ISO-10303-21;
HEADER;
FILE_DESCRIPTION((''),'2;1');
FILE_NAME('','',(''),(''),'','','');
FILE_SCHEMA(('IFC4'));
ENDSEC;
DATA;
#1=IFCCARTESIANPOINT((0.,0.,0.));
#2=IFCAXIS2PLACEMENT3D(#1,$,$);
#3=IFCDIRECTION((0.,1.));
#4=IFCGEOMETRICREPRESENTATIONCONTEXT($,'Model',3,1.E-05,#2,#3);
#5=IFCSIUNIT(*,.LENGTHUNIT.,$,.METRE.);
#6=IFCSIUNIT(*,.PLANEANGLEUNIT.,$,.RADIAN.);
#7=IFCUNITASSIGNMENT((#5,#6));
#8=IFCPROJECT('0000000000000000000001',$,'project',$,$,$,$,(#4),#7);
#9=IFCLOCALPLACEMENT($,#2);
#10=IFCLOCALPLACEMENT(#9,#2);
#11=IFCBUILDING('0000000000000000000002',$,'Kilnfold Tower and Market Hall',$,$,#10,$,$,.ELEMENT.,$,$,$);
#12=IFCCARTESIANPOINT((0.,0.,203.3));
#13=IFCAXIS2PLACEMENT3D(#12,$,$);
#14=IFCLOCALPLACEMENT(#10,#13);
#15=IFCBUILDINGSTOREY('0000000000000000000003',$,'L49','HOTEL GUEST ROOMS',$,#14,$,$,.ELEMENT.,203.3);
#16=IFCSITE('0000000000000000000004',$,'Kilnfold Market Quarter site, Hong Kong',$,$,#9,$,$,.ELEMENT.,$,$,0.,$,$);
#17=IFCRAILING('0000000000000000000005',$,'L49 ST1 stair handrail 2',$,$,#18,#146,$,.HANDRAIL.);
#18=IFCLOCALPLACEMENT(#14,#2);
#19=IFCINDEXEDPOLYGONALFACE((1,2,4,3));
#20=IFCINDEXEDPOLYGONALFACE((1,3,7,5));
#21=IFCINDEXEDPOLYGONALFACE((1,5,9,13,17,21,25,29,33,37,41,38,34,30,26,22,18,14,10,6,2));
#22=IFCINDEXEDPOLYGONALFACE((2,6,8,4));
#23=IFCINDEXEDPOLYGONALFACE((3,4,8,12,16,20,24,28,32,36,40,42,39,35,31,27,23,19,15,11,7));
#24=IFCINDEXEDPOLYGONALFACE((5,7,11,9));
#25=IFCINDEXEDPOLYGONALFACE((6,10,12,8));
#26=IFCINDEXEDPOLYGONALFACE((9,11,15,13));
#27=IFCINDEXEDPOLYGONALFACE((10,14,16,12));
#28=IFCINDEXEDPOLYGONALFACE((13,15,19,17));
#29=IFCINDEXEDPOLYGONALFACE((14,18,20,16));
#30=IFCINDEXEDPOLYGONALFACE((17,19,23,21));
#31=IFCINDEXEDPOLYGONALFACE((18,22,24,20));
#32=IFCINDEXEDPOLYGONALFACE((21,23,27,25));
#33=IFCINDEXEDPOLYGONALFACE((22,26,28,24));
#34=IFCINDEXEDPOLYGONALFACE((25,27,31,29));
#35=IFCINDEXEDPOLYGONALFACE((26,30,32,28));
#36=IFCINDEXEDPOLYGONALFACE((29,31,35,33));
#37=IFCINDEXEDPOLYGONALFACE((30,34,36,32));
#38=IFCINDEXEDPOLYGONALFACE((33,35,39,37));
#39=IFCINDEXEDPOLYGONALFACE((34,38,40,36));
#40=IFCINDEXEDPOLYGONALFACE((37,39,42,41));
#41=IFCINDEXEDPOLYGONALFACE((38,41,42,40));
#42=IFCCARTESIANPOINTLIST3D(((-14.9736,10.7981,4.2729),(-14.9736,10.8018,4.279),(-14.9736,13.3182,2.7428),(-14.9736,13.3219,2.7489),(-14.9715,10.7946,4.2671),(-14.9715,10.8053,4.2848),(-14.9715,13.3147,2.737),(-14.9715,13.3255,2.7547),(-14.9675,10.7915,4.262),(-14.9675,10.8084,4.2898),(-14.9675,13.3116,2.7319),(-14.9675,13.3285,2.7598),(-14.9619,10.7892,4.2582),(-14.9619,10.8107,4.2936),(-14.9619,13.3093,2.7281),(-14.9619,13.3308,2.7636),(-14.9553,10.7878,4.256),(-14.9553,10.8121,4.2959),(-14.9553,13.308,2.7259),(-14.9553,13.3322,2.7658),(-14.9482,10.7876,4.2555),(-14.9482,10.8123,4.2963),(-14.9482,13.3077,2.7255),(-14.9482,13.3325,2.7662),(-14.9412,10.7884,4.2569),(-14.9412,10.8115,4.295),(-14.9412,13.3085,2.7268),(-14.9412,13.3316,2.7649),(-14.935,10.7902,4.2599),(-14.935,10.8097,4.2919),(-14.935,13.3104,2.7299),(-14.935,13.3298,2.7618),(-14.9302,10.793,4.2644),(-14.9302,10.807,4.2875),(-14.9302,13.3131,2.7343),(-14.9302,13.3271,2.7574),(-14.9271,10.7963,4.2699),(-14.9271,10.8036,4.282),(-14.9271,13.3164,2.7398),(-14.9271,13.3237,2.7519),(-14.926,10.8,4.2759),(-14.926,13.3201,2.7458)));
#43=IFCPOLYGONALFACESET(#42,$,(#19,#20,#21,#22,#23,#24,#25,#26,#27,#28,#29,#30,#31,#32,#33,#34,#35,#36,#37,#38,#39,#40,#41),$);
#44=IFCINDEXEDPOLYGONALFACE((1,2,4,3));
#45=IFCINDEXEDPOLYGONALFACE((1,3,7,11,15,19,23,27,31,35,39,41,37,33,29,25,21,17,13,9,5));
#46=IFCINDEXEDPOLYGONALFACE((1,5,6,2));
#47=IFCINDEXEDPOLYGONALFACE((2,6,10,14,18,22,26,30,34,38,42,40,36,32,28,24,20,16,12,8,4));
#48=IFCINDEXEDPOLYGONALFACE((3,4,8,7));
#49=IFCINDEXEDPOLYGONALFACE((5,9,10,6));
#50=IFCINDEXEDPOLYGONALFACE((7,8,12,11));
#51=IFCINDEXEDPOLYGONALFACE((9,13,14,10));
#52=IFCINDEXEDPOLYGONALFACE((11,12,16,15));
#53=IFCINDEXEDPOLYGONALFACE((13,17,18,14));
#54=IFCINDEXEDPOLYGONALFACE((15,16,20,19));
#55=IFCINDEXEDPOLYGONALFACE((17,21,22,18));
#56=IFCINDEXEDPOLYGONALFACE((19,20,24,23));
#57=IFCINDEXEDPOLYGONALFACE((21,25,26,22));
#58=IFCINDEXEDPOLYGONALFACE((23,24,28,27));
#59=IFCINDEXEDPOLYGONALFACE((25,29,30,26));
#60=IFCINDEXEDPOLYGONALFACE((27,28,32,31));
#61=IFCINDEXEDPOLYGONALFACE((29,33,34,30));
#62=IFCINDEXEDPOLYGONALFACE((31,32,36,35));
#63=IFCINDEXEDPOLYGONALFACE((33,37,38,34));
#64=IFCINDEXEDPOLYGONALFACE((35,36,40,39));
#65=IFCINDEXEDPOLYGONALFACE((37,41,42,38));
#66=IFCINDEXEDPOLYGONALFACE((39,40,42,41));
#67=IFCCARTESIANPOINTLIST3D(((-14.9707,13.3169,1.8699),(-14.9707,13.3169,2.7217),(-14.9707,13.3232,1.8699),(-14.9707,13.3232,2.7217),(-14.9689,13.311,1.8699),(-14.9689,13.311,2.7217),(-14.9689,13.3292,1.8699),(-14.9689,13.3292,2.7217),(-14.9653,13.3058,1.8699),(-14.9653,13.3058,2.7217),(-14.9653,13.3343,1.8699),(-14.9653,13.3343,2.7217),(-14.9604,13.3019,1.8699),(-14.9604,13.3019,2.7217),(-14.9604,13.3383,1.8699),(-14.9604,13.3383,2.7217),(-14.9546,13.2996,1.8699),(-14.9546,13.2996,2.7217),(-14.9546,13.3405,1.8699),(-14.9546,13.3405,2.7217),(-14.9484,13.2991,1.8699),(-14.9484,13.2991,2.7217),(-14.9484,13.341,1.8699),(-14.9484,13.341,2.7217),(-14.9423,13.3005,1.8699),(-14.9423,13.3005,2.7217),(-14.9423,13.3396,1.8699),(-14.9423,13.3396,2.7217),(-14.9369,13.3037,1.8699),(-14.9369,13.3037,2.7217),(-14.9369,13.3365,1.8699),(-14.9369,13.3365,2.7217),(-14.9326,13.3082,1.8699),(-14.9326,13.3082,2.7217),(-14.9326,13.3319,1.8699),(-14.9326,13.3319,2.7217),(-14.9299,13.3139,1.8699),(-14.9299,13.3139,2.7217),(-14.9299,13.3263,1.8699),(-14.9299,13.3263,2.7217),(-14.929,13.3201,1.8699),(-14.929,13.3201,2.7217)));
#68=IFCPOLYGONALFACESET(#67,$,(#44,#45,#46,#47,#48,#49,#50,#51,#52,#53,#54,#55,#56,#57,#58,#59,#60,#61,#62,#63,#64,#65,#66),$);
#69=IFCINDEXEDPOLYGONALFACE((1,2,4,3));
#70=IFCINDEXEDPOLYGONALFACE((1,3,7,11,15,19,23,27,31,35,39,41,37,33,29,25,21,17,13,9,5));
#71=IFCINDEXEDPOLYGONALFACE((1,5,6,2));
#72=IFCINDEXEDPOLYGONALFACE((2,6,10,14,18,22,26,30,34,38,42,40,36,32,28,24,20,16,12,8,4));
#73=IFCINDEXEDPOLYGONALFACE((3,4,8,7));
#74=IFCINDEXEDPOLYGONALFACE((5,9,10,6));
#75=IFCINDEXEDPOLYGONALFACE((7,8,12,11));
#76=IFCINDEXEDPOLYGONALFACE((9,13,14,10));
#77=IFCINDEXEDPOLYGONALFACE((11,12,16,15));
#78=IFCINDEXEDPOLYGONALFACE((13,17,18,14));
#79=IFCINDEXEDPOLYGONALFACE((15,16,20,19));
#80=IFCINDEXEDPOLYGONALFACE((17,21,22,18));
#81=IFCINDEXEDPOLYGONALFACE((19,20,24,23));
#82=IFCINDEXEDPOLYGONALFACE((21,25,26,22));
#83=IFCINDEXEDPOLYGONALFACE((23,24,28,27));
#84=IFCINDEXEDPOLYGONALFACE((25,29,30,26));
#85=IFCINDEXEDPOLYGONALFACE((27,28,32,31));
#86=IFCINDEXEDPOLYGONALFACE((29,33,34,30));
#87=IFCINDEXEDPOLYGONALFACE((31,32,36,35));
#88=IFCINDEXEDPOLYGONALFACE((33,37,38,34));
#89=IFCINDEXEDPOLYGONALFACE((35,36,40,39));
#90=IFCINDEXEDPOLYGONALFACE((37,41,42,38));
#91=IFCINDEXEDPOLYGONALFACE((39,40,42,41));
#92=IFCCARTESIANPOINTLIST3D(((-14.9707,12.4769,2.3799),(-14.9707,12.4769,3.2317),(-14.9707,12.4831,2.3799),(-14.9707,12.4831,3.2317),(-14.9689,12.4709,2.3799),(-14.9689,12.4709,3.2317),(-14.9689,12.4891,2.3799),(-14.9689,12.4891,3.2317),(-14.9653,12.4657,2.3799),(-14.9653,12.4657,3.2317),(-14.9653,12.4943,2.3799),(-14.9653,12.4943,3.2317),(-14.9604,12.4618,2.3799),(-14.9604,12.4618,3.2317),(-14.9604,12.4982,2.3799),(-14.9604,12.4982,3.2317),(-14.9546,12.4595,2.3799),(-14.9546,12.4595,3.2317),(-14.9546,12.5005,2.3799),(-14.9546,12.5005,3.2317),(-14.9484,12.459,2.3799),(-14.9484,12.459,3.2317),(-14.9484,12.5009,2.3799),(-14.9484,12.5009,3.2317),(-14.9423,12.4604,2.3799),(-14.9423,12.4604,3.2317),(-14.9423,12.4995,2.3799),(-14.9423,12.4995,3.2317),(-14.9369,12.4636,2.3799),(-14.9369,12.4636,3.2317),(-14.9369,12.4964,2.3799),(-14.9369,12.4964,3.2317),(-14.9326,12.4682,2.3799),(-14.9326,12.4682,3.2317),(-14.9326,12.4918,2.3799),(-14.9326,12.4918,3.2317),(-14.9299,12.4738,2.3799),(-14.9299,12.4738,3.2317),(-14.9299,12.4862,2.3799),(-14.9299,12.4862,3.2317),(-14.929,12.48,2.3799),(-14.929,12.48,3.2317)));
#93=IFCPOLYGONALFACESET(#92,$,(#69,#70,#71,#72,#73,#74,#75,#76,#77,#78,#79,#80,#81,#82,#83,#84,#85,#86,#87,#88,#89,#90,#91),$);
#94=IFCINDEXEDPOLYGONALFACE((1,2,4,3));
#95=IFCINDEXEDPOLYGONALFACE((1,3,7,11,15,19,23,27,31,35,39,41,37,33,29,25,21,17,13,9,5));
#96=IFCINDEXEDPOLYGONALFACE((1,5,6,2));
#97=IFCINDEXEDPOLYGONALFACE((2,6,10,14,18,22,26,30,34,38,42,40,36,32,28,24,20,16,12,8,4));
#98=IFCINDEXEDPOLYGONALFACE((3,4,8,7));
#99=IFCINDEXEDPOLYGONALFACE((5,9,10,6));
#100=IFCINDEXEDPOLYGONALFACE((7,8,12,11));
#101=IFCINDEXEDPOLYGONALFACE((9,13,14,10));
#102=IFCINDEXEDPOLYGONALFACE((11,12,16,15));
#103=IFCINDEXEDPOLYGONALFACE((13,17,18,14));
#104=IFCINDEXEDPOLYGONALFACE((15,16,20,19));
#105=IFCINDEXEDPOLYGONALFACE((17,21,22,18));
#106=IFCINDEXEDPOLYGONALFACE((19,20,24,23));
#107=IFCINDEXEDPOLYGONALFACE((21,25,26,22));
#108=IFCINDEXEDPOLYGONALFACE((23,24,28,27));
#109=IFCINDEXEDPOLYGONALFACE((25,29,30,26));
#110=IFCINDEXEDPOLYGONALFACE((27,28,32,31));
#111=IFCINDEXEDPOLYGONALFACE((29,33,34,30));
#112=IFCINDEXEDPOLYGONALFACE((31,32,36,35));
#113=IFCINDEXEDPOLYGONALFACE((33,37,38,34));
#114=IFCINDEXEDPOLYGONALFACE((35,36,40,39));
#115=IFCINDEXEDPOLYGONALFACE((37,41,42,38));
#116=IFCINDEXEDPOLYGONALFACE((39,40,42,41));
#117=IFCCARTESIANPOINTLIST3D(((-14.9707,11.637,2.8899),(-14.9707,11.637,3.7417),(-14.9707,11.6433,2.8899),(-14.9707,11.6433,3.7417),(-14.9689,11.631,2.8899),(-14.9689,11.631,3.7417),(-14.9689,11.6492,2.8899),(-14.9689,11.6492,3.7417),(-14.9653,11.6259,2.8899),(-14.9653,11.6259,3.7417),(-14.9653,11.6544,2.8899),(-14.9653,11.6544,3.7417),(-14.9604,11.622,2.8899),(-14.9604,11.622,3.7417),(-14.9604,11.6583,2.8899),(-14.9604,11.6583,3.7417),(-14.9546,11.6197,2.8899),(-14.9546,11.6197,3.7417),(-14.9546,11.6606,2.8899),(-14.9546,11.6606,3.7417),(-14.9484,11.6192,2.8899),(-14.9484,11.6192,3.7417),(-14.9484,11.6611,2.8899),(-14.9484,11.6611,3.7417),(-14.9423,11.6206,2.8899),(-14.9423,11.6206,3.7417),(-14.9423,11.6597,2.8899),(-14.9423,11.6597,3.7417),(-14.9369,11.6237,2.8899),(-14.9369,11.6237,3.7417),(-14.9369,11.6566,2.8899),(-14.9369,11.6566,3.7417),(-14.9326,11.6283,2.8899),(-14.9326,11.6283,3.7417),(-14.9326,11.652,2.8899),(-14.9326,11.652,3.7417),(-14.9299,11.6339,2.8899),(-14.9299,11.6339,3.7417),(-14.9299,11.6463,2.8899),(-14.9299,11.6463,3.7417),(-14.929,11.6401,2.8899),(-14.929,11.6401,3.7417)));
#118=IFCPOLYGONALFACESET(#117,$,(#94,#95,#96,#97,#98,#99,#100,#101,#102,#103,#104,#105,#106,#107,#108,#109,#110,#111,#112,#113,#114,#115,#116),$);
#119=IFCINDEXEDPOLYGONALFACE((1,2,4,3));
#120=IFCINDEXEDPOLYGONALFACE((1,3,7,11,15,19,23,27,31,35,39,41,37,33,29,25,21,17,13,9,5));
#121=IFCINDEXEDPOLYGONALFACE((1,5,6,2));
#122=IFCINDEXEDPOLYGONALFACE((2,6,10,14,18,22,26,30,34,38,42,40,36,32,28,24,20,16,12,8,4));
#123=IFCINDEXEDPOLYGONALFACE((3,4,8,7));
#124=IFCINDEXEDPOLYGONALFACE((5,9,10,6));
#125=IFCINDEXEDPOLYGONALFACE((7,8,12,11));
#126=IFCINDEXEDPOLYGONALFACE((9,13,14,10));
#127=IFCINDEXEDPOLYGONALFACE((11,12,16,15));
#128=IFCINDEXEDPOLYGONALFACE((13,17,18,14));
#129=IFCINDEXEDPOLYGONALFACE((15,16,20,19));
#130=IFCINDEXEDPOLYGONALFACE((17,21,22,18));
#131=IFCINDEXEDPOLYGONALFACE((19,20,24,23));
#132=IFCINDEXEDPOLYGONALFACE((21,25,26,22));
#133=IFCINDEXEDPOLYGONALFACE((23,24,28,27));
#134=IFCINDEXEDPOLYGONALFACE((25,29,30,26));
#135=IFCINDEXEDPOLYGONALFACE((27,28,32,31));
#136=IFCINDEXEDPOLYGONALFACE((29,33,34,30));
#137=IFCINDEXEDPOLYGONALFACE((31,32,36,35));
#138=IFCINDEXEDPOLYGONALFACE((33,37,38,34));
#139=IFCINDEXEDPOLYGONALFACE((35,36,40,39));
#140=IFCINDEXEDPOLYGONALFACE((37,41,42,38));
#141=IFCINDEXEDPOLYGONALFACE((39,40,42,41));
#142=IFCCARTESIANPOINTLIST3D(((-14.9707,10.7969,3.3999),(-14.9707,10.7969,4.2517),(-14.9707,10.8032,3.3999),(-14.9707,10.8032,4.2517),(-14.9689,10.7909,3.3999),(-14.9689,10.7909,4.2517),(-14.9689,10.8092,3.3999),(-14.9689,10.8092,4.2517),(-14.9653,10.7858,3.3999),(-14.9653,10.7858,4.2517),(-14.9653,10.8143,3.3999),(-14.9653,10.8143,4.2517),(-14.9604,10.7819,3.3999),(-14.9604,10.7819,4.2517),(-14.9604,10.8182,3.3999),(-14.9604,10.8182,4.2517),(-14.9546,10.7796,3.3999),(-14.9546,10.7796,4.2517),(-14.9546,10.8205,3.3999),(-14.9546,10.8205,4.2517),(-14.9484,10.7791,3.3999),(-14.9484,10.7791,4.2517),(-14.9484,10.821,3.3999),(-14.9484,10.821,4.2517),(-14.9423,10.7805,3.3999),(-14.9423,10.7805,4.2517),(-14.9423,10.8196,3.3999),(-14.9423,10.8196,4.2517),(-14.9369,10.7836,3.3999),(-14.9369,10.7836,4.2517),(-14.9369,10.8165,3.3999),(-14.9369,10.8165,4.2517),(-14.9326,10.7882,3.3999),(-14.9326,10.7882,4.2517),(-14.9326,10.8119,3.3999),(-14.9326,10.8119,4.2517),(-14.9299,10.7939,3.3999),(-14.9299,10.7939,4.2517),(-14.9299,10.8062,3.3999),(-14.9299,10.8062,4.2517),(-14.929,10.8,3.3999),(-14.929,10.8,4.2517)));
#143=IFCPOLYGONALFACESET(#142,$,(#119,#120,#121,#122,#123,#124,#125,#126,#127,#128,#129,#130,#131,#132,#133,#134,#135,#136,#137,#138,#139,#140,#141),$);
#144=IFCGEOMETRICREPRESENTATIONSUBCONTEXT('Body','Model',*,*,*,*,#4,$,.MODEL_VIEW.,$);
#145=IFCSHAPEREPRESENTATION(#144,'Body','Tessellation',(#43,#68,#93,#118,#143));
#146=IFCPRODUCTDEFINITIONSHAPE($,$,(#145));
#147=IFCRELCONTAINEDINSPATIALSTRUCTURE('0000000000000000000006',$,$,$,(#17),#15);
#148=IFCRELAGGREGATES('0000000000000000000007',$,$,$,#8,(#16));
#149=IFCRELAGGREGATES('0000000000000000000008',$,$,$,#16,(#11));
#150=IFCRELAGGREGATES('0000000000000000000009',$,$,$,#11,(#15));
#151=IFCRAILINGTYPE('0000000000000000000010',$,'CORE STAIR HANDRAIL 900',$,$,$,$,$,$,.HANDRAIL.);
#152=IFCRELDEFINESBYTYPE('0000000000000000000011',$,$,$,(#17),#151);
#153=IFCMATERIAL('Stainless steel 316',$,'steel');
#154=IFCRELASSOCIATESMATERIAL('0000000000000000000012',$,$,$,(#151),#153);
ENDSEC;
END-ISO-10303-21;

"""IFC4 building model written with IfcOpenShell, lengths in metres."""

from ifc_helpers import new_model, si_unit, direction, frame, origin, origin_2d, place, context, subcontext, project, spatial, circle, extrude, material, type_object, element, save


model = new_model("IFC4")

# Units and contexts
model_context = context("Model", 3, precision=1e-05, world=origin(), true_north=direction((0.0, 1.0)))
body_context = subcontext(model_context, "Body", "Model", "MODEL_VIEW")
ifc_project = project(units=[si_unit("LENGTHUNIT", "METRE"), si_unit("PLANEANGLEUNIT", "RADIAN")], contexts=[model_context])

# Site, building, storey
site_placement = place(None, origin())
site = spatial("IfcSite", under=ifc_project, at=site_placement, Name="Kilnfold Market Quarter site, Hong Kong", CompositionType="ELEMENT", RefElevation=0.0)
building_placement = place(site_placement, origin())
building = spatial("IfcBuilding", under=site, at=building_placement, Name="Kilnfold Tower and Market Hall", CompositionType="ELEMENT")
storey_placement = place(building_placement, frame((0.0, 0.0, 203.3)))
storey = spatial("IfcBuildingStorey", under=building, at=storey_placement, Name="L49", Description="HOTEL GUEST ROOMS", CompositionType="ELEMENT", Elevation=203.3)

# Railing
ifc_material_1 = material(Name="Stainless steel 316", Category="steel")
railing_type = type_object("IfcRailingType", Name="CORE STAIR HANDRAIL 900", PredefinedType="HANDRAIL", material=ifc_material_1)
railing_placement = place(storey_placement, frame((-14.95, 13.3201, 1.8699)))
element("IfcRailing", 1, at=railing_placement, inside=storey, type_object=railing_type, Name="L49 ST1 stair handrail 2", PredefinedType="HANDRAIL", context=body_context, shape_type="SweptSolid", body=[
    extrude(circle(Radius=0.0239, at=origin_2d()), frame((0.0, 0.0, 0.876), z_axis=(0.0, -0.854785, 0.518982), x_axis=(1.0, 0.0, 0.0)), (0.0, 0.0, 1.0), 2.9482),
    extrude(circle(Radius=0.021, at=origin_2d()), origin(), (0.0, 0.0, 1.0), 0.8518),
    extrude(circle(Radius=0.021, at=origin_2d()), frame((0.0, -0.8401, 0.51)), (0.0, 0.0, 1.0), 0.8518),
    extrude(circle(Radius=0.021, at=origin_2d()), frame((0.0, -1.6799, 1.02)), (0.0, 0.0, 1.0), 0.8518),
    extrude(circle(Radius=0.021, at=origin_2d()), frame((0.0, -2.52, 1.53)), (0.0, 0.0, 1.0), 0.8518),
])

save(model, "model.ifc")
